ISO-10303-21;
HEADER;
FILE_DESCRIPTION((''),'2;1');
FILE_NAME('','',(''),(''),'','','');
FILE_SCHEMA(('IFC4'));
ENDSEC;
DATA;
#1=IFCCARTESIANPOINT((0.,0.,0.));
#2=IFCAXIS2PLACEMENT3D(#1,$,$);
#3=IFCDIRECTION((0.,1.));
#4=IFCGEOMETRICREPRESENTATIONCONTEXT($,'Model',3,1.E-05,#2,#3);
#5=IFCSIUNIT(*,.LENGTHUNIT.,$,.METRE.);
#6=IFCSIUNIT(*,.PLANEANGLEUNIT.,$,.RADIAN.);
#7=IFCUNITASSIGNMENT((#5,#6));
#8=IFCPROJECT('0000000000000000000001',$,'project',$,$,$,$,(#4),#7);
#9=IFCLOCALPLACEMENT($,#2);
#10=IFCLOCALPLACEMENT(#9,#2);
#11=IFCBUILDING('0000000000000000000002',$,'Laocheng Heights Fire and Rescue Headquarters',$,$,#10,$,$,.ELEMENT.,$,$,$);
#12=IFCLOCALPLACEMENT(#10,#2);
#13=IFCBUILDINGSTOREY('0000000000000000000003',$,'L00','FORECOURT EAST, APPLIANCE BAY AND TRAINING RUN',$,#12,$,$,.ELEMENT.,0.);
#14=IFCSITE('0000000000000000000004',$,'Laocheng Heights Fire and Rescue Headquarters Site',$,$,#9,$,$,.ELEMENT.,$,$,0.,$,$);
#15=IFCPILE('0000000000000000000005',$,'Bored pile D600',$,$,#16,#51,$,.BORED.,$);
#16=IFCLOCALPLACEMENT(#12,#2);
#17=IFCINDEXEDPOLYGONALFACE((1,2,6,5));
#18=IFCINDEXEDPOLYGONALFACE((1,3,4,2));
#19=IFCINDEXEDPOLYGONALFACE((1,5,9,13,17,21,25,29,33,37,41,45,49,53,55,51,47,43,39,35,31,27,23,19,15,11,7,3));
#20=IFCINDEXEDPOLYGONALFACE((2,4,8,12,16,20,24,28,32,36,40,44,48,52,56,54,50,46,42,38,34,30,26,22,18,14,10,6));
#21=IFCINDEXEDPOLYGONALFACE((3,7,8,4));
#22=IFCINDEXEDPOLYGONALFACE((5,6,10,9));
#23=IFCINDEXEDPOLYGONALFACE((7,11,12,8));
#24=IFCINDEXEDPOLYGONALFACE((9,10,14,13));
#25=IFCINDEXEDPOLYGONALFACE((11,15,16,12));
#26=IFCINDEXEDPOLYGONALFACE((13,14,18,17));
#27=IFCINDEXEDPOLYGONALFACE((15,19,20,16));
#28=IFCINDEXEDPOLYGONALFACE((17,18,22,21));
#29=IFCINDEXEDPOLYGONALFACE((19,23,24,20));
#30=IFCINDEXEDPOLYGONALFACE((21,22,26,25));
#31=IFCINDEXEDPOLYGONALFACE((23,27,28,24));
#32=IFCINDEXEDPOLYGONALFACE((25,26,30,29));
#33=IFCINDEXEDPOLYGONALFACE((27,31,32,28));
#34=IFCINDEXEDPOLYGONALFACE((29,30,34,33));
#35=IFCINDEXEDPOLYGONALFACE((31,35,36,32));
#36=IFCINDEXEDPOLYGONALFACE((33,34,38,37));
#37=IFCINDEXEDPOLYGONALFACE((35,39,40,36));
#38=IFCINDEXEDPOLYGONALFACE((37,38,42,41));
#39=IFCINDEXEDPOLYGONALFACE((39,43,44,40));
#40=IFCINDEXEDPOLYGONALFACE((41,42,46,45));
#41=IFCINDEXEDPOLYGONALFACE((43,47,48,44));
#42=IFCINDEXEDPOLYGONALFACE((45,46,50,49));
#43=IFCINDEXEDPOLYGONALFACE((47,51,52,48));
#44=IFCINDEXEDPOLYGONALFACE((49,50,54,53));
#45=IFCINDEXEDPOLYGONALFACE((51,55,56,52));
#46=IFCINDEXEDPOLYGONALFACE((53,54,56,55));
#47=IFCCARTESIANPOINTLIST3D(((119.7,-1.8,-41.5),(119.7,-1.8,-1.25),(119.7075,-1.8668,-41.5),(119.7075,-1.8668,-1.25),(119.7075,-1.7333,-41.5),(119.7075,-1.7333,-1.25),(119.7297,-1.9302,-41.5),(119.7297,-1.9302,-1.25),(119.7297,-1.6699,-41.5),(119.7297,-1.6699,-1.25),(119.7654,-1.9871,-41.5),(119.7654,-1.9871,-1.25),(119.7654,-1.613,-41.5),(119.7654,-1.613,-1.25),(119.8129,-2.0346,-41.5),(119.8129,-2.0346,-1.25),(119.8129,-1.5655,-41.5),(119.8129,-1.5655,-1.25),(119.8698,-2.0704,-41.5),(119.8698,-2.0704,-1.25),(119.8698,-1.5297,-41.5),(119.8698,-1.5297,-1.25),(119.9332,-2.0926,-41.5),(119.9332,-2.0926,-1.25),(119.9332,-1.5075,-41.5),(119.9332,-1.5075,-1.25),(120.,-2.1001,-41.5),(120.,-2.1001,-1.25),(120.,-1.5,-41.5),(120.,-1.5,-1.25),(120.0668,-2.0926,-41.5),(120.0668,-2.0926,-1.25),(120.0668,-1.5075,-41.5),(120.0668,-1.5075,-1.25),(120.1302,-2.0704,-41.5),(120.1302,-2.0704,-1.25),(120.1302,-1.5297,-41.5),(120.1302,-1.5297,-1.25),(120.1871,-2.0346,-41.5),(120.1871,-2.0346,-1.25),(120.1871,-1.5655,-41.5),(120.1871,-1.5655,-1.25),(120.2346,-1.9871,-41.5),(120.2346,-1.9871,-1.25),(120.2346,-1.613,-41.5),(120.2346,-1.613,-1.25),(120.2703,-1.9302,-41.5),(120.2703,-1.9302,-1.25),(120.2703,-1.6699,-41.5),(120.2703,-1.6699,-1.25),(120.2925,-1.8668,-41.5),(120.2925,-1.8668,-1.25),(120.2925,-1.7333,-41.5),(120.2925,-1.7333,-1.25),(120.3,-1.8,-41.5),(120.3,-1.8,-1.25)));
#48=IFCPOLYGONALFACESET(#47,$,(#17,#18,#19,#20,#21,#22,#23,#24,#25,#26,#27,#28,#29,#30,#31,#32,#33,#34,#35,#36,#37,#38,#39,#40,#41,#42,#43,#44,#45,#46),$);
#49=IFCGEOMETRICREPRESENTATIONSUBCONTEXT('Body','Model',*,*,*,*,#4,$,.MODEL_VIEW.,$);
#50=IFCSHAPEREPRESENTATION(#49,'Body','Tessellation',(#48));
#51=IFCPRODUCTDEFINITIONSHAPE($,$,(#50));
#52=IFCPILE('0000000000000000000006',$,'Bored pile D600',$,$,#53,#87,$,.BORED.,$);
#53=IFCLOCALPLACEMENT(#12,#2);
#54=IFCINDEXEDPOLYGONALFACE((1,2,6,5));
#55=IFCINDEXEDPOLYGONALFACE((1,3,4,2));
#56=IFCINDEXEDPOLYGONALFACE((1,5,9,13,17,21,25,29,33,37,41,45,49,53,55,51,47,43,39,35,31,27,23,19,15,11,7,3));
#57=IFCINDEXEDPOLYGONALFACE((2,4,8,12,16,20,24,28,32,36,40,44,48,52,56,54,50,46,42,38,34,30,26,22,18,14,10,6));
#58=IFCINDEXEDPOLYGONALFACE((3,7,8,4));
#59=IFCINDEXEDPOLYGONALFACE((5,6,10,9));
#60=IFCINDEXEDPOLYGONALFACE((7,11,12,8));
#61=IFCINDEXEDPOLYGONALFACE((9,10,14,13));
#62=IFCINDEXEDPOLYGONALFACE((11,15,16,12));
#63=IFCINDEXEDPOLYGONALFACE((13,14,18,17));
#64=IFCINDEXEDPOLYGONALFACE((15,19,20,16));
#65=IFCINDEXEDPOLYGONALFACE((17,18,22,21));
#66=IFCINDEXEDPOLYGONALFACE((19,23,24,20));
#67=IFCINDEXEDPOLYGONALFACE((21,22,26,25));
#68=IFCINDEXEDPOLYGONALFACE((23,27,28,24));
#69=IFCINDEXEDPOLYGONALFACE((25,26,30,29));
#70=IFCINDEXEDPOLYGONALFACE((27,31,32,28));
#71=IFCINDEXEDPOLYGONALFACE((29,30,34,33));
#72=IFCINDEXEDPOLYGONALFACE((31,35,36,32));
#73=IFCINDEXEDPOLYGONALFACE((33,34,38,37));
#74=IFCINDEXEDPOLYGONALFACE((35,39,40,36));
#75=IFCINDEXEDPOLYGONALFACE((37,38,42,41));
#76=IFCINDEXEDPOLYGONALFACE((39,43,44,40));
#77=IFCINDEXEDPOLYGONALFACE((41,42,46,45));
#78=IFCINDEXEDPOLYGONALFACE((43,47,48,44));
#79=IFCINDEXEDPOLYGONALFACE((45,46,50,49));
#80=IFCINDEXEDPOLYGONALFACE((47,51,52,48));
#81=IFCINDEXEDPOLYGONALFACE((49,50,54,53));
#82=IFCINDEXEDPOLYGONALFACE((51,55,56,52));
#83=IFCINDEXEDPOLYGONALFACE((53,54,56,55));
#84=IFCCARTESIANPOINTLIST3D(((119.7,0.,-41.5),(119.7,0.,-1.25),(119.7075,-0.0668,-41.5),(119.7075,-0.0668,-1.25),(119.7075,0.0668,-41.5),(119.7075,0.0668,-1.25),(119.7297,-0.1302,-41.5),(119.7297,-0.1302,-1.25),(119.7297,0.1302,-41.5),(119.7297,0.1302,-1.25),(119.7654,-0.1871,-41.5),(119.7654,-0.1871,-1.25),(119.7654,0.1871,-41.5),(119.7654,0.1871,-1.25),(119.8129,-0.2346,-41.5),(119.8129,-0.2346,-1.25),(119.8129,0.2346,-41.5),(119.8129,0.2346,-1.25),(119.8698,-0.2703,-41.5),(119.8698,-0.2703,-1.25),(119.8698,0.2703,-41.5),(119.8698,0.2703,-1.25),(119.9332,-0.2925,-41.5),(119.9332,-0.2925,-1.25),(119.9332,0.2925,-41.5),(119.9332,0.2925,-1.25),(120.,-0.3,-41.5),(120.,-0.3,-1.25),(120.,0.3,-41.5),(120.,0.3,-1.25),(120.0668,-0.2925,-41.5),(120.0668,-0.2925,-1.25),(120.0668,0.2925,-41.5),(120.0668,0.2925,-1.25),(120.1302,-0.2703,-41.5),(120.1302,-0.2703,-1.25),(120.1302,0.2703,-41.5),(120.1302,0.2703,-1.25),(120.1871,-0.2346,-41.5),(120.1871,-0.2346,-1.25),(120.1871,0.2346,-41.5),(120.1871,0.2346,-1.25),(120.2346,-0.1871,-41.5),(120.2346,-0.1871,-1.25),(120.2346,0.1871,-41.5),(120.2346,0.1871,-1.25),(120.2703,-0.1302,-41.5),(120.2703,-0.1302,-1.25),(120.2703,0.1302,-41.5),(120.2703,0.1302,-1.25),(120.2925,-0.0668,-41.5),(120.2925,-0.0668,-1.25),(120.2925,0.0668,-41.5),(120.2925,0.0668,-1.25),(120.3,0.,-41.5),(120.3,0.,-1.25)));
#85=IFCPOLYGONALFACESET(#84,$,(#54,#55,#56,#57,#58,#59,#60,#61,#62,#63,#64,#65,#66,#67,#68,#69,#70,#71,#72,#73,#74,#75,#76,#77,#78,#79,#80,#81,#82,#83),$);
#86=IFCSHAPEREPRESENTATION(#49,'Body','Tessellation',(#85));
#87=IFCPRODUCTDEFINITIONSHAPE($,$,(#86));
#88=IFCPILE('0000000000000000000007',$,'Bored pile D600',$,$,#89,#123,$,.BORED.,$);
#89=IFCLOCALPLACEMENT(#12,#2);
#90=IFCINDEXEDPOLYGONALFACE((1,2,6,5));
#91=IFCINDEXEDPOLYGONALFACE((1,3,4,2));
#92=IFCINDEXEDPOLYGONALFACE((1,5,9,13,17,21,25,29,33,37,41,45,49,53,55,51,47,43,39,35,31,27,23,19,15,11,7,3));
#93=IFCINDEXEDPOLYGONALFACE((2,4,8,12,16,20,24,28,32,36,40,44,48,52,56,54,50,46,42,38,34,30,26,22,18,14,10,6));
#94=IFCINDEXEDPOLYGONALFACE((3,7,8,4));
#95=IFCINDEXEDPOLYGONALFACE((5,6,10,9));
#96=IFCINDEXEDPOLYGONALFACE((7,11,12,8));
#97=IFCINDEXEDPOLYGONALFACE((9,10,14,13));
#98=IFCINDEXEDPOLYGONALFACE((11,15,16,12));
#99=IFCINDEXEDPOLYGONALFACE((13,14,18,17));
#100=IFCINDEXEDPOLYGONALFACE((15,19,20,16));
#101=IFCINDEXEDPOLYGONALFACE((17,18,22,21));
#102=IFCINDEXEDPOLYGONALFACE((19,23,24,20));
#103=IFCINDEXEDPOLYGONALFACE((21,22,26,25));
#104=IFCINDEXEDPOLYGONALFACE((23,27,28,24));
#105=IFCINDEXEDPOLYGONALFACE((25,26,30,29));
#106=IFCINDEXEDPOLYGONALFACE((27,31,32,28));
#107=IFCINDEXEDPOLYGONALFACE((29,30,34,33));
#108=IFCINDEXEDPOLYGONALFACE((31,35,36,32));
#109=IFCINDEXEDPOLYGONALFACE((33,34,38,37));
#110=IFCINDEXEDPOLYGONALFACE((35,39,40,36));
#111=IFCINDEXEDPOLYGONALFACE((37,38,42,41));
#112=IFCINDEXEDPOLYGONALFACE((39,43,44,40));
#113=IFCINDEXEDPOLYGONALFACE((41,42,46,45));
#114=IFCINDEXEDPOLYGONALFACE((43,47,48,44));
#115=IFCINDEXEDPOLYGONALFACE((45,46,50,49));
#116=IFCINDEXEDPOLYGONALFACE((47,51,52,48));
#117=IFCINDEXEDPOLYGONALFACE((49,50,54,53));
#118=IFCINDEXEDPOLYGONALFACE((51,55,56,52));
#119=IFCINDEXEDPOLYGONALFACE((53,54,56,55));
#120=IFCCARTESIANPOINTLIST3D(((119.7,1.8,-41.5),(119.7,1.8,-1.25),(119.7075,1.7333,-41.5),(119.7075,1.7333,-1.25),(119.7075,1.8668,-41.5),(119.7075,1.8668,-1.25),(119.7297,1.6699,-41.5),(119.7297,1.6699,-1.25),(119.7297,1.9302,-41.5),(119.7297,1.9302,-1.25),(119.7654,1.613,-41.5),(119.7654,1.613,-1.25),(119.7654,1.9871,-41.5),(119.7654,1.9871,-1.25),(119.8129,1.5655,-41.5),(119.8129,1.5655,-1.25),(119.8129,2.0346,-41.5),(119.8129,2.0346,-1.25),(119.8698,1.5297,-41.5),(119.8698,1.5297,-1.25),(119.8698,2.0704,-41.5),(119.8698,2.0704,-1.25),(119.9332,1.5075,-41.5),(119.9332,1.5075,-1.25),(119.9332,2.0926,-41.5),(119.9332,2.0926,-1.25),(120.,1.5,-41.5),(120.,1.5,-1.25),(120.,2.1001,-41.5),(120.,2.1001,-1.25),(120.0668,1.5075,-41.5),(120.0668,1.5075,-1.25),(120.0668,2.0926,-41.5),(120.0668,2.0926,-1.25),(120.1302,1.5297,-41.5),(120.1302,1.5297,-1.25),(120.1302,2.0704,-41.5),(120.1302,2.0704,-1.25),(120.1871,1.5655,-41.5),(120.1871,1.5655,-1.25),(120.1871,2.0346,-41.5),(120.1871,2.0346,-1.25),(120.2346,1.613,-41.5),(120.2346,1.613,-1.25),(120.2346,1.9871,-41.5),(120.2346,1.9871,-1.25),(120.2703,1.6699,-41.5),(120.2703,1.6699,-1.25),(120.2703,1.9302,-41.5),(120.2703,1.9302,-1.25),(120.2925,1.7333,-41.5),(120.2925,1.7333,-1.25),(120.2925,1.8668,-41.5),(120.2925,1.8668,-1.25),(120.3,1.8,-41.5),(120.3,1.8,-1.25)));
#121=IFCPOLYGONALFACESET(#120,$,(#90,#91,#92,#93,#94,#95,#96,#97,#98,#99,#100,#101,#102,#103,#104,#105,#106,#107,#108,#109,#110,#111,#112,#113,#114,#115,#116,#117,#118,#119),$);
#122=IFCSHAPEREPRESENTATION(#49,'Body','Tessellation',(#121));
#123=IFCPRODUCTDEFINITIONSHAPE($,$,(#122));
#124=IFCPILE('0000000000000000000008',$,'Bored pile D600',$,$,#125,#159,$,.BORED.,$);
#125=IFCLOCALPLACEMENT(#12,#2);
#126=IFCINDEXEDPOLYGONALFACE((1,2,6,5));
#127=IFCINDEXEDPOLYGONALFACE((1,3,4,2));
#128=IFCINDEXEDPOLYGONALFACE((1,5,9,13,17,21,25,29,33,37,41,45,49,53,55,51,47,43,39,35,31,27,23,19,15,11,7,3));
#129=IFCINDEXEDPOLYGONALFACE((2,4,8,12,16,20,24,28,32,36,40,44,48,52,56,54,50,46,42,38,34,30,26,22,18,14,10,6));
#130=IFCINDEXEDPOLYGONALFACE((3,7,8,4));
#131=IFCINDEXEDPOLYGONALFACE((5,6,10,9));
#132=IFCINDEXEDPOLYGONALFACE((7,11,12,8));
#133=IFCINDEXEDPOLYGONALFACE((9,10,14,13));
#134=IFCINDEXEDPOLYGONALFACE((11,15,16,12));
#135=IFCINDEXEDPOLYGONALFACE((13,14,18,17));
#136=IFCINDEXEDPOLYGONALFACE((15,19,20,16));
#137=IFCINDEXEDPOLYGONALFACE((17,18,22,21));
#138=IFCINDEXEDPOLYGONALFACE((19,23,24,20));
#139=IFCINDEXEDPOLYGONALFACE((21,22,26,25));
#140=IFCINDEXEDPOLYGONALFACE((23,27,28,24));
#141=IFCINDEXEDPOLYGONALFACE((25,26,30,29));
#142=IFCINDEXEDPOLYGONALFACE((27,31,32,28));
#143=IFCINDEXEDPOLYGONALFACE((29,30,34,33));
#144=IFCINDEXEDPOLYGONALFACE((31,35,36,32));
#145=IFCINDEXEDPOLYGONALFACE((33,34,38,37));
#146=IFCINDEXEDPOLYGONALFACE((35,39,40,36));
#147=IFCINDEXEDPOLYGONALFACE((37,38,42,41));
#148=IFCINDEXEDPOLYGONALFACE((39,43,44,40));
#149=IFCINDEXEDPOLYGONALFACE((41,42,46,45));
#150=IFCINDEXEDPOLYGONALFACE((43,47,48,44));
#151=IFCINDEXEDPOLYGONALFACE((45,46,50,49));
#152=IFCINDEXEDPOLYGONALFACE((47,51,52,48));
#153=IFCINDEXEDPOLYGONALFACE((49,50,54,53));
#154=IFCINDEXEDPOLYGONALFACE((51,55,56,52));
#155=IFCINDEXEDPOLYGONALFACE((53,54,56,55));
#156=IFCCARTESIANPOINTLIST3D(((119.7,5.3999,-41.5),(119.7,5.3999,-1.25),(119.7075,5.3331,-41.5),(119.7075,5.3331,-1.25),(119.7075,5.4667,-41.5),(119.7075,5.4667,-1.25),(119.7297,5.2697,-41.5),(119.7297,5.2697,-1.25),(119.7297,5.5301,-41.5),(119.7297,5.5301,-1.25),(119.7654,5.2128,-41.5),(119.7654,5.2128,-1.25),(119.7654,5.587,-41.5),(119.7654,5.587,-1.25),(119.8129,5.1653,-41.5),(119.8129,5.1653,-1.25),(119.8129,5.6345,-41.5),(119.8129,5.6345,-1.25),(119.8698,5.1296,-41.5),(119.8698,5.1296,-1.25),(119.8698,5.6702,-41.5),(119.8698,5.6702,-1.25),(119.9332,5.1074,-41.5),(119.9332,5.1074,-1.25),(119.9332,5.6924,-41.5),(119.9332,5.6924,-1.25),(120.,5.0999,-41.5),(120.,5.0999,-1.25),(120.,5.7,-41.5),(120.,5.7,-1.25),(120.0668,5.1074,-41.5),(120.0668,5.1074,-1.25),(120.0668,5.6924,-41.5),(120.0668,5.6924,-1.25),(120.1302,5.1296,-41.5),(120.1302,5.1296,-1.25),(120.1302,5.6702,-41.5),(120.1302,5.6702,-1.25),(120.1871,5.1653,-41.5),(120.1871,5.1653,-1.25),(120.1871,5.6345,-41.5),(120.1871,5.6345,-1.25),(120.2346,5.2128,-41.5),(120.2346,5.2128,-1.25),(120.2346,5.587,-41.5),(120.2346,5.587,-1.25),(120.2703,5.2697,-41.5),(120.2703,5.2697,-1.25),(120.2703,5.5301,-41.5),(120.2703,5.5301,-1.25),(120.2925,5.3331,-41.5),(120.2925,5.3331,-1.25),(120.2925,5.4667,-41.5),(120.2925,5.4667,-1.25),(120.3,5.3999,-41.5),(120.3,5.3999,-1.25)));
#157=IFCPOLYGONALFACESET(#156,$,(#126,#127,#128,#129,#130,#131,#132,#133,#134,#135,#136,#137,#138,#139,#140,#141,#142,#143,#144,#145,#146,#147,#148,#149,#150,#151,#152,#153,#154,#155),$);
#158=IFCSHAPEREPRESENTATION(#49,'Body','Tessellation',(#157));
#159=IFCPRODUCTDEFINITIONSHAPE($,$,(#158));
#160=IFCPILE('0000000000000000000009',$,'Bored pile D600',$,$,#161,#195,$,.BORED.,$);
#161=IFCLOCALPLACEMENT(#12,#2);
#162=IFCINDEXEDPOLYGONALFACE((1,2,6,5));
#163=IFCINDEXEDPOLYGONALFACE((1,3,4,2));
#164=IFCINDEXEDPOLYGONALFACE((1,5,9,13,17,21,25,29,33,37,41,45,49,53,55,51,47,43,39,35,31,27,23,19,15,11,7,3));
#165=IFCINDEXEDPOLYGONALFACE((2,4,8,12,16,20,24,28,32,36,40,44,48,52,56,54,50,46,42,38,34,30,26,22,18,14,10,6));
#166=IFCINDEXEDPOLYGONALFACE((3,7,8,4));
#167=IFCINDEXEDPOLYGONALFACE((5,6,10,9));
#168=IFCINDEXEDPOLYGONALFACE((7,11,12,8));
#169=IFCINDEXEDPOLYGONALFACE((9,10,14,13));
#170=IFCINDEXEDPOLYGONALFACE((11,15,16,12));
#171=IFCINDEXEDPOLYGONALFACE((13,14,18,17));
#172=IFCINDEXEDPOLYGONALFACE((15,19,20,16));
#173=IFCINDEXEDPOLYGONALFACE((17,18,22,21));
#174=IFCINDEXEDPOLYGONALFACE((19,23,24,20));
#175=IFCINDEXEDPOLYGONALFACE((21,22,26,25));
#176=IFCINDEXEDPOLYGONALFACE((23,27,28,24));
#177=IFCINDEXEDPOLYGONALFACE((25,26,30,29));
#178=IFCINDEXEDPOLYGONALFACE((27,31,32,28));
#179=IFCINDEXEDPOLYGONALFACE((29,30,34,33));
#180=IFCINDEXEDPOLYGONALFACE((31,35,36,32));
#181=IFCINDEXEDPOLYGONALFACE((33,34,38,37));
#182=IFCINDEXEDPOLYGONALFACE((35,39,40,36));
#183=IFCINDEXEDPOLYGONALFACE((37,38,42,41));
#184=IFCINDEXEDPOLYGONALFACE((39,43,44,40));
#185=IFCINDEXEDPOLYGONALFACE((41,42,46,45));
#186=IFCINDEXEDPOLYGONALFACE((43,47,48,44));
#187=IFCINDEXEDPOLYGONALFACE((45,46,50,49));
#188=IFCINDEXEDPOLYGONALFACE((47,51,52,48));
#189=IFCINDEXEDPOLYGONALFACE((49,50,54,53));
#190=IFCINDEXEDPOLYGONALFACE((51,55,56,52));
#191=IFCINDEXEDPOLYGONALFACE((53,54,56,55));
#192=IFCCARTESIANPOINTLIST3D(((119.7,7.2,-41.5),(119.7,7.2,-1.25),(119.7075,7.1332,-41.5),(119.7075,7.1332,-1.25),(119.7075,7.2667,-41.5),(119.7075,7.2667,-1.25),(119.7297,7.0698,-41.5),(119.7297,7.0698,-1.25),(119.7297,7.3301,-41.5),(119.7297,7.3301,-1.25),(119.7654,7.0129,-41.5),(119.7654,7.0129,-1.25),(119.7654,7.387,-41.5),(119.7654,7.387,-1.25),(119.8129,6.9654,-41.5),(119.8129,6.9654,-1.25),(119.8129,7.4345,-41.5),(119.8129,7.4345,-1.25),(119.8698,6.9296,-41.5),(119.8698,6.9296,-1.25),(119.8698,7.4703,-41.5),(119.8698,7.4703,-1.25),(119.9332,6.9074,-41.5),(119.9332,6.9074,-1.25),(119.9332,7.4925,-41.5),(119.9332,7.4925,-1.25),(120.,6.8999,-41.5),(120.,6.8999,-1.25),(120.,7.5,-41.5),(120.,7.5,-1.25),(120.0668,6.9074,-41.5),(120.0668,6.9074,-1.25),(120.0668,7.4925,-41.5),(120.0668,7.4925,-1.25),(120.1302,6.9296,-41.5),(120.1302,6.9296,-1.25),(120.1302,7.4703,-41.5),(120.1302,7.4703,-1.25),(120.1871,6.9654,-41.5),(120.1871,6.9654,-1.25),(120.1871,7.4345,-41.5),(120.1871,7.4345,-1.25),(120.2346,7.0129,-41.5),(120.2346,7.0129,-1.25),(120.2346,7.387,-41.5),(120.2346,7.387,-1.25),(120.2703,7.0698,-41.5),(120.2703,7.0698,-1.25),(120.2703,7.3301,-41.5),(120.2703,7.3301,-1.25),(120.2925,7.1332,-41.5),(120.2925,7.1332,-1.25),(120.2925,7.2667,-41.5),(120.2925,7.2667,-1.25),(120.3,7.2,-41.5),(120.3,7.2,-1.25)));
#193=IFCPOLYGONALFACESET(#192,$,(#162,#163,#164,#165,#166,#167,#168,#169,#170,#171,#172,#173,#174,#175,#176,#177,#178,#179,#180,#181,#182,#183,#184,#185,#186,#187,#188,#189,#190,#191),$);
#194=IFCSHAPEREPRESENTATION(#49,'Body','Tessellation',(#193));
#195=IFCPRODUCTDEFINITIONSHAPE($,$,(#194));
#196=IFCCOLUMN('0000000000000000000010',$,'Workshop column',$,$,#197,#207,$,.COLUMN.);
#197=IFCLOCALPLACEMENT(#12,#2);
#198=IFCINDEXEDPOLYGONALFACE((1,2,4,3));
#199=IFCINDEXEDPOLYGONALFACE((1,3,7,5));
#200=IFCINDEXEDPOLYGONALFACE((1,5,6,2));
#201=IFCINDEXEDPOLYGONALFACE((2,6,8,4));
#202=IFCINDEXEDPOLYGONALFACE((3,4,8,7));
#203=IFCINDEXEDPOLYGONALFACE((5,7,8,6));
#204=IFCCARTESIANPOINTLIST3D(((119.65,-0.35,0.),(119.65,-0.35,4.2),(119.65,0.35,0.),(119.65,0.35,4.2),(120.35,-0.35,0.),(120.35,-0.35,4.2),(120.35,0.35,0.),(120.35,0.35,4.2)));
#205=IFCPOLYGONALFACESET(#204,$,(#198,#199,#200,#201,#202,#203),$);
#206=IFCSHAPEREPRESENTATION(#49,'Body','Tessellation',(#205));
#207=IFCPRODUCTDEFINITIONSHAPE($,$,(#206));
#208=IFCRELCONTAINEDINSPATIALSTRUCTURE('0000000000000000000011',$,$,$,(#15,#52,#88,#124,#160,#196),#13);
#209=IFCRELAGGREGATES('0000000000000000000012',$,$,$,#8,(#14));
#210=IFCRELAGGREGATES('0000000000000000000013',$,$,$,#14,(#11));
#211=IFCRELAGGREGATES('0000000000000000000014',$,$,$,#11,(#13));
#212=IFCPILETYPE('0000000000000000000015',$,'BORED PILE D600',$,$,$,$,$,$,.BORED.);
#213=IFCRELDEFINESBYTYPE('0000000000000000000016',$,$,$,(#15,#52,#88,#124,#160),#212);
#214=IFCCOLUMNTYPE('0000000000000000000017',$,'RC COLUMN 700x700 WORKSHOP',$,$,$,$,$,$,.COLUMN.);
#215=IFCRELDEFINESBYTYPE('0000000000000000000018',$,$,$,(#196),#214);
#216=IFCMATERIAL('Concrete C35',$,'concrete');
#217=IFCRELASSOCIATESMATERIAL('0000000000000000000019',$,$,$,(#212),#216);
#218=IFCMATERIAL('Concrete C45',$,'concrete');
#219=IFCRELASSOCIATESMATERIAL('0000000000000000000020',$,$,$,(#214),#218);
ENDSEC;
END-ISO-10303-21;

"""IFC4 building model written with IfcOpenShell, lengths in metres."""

from ifc_helpers import new_model, si_unit, direction, frame, origin, origin_2d, place, context, subcontext, project, spatial, rectangle, circle, extrude, material, material_profile, profile_set, type_object, element, save


model = new_model("IFC4")

# Units and contexts
model_context = context("Model", 3, precision=1e-05, world=origin(), true_north=direction((0.0, 1.0)))
body_context = subcontext(model_context, "Body", "Model", "MODEL_VIEW")
ifc_project = project(units=[si_unit("LENGTHUNIT", "METRE"), si_unit("PLANEANGLEUNIT", "RADIAN")], contexts=[model_context])

# Site, building, storey
site_placement = place(None, origin())
site = spatial("IfcSite", under=ifc_project, at=site_placement, Name="Laocheng Heights Fire and Rescue Headquarters Site", CompositionType="ELEMENT", RefElevation=0.0)
building_placement = place(site_placement, origin())
building = spatial("IfcBuilding", under=site, at=building_placement, Name="Laocheng Heights Fire and Rescue Headquarters", CompositionType="ELEMENT")
storey_placement = place(building_placement, origin())
storey = spatial("IfcBuildingStorey", under=building, at=storey_placement, Name="L00", Description="FORECOURT EAST, APPLIANCE BAY AND TRAINING RUN", CompositionType="ELEMENT", Elevation=0.0)

# Piles
ifc_material_1 = material(Name="Concrete C35", Category="concrete")
ifc_material_profile_1 = material_profile(ifc_material_1, circle(Radius=0.3, at=origin_2d()), Name="BORED PILE D600")
ifc_profile_set_1 = profile_set([ifc_material_profile_1], Name="Concrete C35")
pile_type = type_object("IfcPileType", Name="BORED PILE D600", PredefinedType="BORED", material=ifc_profile_set_1)
for number, where, z_axis, x_axis, name in (
    (1, (120.0, -1.8, -1.25), (0.0, 0.0, -1.0), (1.0, 0.0, 0.0), "Bored pile D600"),
    (2, (120.0, 0.0, -1.25), (0.0, 0.0, -1.0), (1.0, 0.0, 0.0), "Bored pile D600"),
    (3, (120.0, 1.8, -1.25), (0.0, 0.0, -1.0), (1.0, 0.0, 0.0), "Bored pile D600"),
    (4, (120.0, 5.3999, -1.25), (0.0, 0.0, -1.0), (1.0, 0.0, 0.0), "Bored pile D600"),
    (5, (120.0, 7.2, -1.25), (0.0, 0.0, -1.0), (1.0, 0.0, 0.0), "Bored pile D600"),
):
    element("IfcPile", number, at=place(storey_placement, frame(where, z_axis=z_axis, x_axis=x_axis)), inside=storey, type_object=pile_type, Name=name, PredefinedType="BORED", context=body_context, shape_type="SweptSolid", body=[
        extrude(circle(Radius=0.3, at=origin_2d()), origin(), (0.0, 0.0, 1.0), 40.25),
    ])

# Column
ifc_material_2 = material(Name="Concrete C45", Category="concrete")
ifc_material_profile_2 = material_profile(ifc_material_2, rectangle(XDim=0.7, YDim=0.7, at=origin_2d()), Name="RC COLUMN 700x700 WORKSHOP")
ifc_profile_set_2 = profile_set([ifc_material_profile_2], Name="Concrete C45")
column_type = type_object("IfcColumnType", Name="RC COLUMN 700x700 WORKSHOP", PredefinedType="COLUMN", material=ifc_profile_set_2)
for number, where, z_axis, x_axis, name in (
    (6, (120.0, 0.0, 0.0), (0.0, 0.0, 1.0), (1.0, 0.0, 0.0), "Workshop column"),
):
    element("IfcColumn", number, at=place(storey_placement, frame(where, z_axis=z_axis, x_axis=x_axis)), inside=storey, type_object=column_type, Name=name, PredefinedType="COLUMN", context=body_context, shape_type="SweptSolid", body=[
        extrude(rectangle(XDim=0.7, YDim=0.7, at=origin_2d()), origin(), (0.0, 0.0, 1.0), 4.2),
    ])

save(model, "model.ifc")
